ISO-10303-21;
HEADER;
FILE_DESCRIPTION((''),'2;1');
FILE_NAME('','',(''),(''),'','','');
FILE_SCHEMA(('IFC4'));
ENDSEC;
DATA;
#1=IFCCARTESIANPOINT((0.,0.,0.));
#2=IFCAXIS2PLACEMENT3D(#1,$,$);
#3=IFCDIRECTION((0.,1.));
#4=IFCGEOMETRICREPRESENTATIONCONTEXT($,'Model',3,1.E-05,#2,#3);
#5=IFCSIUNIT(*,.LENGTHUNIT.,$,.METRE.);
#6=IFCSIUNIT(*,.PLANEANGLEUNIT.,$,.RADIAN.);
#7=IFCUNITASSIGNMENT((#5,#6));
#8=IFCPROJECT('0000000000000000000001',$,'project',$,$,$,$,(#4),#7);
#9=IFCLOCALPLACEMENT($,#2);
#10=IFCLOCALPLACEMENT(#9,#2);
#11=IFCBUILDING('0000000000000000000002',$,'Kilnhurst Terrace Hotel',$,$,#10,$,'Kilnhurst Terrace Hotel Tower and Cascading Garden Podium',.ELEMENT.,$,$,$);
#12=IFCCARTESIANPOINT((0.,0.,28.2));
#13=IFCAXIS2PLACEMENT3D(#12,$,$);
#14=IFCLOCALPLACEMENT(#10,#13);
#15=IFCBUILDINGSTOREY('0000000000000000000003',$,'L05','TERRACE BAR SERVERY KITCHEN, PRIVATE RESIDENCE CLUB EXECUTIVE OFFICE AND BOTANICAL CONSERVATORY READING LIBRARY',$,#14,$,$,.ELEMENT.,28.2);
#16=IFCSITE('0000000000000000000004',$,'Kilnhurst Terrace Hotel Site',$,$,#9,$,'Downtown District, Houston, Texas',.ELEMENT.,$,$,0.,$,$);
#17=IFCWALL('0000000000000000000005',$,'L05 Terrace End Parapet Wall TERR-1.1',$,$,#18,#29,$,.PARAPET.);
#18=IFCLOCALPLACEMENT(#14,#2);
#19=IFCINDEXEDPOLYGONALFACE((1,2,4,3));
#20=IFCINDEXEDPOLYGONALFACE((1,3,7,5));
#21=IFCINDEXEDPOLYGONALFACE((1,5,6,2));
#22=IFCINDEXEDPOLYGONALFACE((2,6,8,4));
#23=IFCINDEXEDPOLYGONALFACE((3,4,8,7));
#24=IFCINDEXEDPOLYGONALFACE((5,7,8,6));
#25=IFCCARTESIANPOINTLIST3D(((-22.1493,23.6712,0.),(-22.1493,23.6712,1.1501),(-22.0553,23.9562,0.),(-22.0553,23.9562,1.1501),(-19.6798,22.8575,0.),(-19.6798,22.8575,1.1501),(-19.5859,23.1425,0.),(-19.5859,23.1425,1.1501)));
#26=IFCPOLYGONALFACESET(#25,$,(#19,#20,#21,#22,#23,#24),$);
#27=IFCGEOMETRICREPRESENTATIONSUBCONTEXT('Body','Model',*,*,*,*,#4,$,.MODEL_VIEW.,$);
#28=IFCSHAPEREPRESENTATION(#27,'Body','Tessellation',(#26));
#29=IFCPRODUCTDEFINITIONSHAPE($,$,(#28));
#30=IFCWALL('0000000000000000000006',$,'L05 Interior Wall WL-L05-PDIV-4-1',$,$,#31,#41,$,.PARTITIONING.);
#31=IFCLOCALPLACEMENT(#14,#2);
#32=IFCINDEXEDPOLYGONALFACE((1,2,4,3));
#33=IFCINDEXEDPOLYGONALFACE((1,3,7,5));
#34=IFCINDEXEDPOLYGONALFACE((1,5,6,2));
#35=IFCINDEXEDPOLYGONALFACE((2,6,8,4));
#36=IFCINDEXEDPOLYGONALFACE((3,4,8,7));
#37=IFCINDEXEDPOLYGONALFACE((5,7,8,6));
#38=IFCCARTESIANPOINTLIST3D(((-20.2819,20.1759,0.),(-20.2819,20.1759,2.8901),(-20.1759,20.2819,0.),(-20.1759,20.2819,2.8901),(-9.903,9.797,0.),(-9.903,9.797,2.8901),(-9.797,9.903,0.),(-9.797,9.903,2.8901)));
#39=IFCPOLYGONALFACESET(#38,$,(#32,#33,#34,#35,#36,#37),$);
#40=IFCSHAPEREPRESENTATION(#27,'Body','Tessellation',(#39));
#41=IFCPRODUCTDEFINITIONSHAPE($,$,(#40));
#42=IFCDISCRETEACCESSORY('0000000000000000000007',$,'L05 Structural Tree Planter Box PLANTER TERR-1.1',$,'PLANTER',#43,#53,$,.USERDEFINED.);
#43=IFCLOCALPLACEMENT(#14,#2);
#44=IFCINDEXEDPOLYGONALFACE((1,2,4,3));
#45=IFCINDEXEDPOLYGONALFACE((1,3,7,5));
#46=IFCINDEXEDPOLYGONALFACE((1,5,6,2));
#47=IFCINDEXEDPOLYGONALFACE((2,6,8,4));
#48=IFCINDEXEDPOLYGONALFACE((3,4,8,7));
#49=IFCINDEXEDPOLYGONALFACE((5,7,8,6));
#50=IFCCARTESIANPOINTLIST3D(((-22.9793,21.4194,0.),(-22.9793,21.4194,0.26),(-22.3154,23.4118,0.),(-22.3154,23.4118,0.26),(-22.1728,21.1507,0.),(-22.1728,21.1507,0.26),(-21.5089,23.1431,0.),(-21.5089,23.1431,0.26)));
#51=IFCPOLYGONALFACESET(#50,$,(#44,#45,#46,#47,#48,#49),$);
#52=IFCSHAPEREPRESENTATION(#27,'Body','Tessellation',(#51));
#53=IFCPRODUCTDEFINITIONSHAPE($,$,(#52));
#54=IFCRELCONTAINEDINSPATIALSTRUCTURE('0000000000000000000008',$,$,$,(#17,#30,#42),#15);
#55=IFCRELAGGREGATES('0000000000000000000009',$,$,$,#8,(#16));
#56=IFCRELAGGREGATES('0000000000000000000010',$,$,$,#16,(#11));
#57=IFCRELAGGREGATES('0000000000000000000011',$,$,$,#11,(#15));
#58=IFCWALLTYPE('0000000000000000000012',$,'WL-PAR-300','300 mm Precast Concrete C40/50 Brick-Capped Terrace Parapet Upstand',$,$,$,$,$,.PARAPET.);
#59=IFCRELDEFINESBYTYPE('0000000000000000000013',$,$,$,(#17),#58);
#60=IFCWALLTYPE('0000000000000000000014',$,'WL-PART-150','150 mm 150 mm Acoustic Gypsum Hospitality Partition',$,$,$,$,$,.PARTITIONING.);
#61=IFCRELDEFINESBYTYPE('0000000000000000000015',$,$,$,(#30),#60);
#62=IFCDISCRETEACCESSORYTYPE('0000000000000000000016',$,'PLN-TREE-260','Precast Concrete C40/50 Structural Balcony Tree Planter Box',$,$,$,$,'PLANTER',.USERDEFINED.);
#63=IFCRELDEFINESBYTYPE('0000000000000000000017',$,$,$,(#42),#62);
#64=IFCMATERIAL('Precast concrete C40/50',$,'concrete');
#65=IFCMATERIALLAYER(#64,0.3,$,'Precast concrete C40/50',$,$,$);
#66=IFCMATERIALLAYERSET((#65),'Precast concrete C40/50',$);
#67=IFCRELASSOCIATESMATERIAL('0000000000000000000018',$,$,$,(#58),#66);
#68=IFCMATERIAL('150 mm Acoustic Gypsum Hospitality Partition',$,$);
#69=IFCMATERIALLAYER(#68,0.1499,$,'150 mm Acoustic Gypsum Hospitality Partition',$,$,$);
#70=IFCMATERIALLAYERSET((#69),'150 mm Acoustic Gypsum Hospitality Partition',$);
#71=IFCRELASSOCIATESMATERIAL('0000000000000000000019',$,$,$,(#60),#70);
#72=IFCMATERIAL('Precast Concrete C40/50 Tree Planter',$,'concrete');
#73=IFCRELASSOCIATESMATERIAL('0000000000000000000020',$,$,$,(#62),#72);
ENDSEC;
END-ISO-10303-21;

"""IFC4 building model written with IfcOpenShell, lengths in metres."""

from ifc_helpers import new_model, si_unit, direction, frame, frame_2d, origin, origin_2d, place, context, subcontext, project, spatial, rectangle, extrude, material, layer, layer_set, type_object, element, save


model = new_model("IFC4")

# Units and contexts
model_context = context("Model", 3, precision=1e-05, world=origin(), true_north=direction((0.0, 1.0)))
body_context = subcontext(model_context, "Body", "Model", "MODEL_VIEW")
ifc_project = project(units=[si_unit("LENGTHUNIT", "METRE"), si_unit("PLANEANGLEUNIT", "RADIAN")], contexts=[model_context])

# Site, building, storey
site_placement = place(None, origin())
site = spatial("IfcSite", under=ifc_project, at=site_placement, Name="Kilnhurst Terrace Hotel Site", LongName="Downtown District, Houston, Texas", CompositionType="ELEMENT", RefElevation=0.0)
building_placement = place(site_placement, origin())
building = spatial("IfcBuilding", under=site, at=building_placement, Name="Kilnhurst Terrace Hotel", LongName="Kilnhurst Terrace Hotel Tower and Cascading Garden Podium", CompositionType="ELEMENT")
storey_placement = place(building_placement, frame((0.0, 0.0, 28.2)))
storey = spatial("IfcBuildingStorey", under=building, at=storey_placement, Name="L05", Description="TERRACE BAR SERVERY KITCHEN, PRIVATE RESIDENCE CLUB EXECUTIVE OFFICE AND BOTANICAL CONSERVATORY READING LIBRARY", CompositionType="ELEMENT", Elevation=28.2)

# Shared definitions
ifc_material_1 = material(Name="Precast concrete C40/50", Category="concrete")

# Walls
ifc_layer_1 = layer(ifc_material_1, 0.3, Name="Precast concrete C40/50")
ifc_layer_set_1 = layer_set([ifc_layer_1], Name="Precast concrete C40/50")
wall_type_1 = type_object("IfcWallType", Name="WL-PAR-300", Description="300 mm Precast Concrete C40/50 Brick-Capped Terrace Parapet Upstand", PredefinedType="PARAPET", material=ifc_layer_set_1)
wall_1_placement = place(storey_placement, frame((-19.6328, 23.0, 0.0), z_axis=(0.0, 0.0, 1.0), x_axis=(-0.949767, 0.312958, 0.0)))
element("IfcWall", 1, at=wall_1_placement, inside=storey, type_object=wall_type_1, Name="L05 Terrace End Parapet Wall TERR-1.1", PredefinedType="PARAPET", context=body_context, shape_type="SweptSolid", body=[
    extrude(rectangle(XDim=2.6001, YDim=0.3, at=frame_2d((1.3, 0.0))), origin(), (0.0, 0.0, 1.0), 1.1501),
])
ifc_material_2 = material(Name="150 mm Acoustic Gypsum Hospitality Partition")
ifc_layer_2 = layer(ifc_material_2, 0.1499, Name="150 mm Acoustic Gypsum Hospitality Partition")
ifc_layer_set_2 = layer_set([ifc_layer_2], Name="150 mm Acoustic Gypsum Hospitality Partition")
wall_type_2 = type_object("IfcWallType", Name="WL-PART-150", Description="150 mm 150 mm Acoustic Gypsum Hospitality Partition", PredefinedType="PARTITIONING", material=ifc_layer_set_2)
wall_2_placement = place(storey_placement, frame((-9.8501, 9.8501, 0.0), z_axis=(0.0, 0.0, 1.0), x_axis=(-0.707107, 0.707107, 0.0)))
element("IfcWall", 2, at=wall_2_placement, inside=storey, type_object=wall_type_2, Name="L05 Interior Wall WL-L05-PDIV-4-1", PredefinedType="PARTITIONING", context=body_context, shape_type="SweptSolid", body=[
    extrude(rectangle(XDim=14.678, YDim=0.1499, at=frame_2d((7.3389, 0.0))), origin(), (0.0, 0.0, 1.0), 2.8901),
])

# Discrete accessory
ifc_material_3 = material(Name="Precast Concrete C40/50 Tree Planter", Category="concrete")
discrete_accessory_type = type_object("IfcDiscreteAccessoryType", Name="PLN-TREE-260", Description="Precast Concrete C40/50 Structural Balcony Tree Planter Box", ElementType="PLANTER", PredefinedType="USERDEFINED", material=ifc_material_3)
discrete_accessory_placement = place(storey_placement, frame((-22.2441, 22.2812, 0.0), z_axis=(0.0, 0.0, 1.0), x_axis=(-0.316129, -0.948716, 0.0)))
element("IfcDiscreteAccessory", 3, at=discrete_accessory_placement, inside=storey, type_object=discrete_accessory_type, Name="L05 Structural Tree Planter Box PLANTER TERR-1.1", ObjectType="PLANTER", PredefinedType="USERDEFINED", context=body_context, shape_type="SweptSolid", body=[
    extrude(rectangle(XDim=2.1001, YDim=0.8501, at=origin_2d()), origin(), (0.0, 0.0, 1.0), 0.26),
])

save(model, "model.ifc")
